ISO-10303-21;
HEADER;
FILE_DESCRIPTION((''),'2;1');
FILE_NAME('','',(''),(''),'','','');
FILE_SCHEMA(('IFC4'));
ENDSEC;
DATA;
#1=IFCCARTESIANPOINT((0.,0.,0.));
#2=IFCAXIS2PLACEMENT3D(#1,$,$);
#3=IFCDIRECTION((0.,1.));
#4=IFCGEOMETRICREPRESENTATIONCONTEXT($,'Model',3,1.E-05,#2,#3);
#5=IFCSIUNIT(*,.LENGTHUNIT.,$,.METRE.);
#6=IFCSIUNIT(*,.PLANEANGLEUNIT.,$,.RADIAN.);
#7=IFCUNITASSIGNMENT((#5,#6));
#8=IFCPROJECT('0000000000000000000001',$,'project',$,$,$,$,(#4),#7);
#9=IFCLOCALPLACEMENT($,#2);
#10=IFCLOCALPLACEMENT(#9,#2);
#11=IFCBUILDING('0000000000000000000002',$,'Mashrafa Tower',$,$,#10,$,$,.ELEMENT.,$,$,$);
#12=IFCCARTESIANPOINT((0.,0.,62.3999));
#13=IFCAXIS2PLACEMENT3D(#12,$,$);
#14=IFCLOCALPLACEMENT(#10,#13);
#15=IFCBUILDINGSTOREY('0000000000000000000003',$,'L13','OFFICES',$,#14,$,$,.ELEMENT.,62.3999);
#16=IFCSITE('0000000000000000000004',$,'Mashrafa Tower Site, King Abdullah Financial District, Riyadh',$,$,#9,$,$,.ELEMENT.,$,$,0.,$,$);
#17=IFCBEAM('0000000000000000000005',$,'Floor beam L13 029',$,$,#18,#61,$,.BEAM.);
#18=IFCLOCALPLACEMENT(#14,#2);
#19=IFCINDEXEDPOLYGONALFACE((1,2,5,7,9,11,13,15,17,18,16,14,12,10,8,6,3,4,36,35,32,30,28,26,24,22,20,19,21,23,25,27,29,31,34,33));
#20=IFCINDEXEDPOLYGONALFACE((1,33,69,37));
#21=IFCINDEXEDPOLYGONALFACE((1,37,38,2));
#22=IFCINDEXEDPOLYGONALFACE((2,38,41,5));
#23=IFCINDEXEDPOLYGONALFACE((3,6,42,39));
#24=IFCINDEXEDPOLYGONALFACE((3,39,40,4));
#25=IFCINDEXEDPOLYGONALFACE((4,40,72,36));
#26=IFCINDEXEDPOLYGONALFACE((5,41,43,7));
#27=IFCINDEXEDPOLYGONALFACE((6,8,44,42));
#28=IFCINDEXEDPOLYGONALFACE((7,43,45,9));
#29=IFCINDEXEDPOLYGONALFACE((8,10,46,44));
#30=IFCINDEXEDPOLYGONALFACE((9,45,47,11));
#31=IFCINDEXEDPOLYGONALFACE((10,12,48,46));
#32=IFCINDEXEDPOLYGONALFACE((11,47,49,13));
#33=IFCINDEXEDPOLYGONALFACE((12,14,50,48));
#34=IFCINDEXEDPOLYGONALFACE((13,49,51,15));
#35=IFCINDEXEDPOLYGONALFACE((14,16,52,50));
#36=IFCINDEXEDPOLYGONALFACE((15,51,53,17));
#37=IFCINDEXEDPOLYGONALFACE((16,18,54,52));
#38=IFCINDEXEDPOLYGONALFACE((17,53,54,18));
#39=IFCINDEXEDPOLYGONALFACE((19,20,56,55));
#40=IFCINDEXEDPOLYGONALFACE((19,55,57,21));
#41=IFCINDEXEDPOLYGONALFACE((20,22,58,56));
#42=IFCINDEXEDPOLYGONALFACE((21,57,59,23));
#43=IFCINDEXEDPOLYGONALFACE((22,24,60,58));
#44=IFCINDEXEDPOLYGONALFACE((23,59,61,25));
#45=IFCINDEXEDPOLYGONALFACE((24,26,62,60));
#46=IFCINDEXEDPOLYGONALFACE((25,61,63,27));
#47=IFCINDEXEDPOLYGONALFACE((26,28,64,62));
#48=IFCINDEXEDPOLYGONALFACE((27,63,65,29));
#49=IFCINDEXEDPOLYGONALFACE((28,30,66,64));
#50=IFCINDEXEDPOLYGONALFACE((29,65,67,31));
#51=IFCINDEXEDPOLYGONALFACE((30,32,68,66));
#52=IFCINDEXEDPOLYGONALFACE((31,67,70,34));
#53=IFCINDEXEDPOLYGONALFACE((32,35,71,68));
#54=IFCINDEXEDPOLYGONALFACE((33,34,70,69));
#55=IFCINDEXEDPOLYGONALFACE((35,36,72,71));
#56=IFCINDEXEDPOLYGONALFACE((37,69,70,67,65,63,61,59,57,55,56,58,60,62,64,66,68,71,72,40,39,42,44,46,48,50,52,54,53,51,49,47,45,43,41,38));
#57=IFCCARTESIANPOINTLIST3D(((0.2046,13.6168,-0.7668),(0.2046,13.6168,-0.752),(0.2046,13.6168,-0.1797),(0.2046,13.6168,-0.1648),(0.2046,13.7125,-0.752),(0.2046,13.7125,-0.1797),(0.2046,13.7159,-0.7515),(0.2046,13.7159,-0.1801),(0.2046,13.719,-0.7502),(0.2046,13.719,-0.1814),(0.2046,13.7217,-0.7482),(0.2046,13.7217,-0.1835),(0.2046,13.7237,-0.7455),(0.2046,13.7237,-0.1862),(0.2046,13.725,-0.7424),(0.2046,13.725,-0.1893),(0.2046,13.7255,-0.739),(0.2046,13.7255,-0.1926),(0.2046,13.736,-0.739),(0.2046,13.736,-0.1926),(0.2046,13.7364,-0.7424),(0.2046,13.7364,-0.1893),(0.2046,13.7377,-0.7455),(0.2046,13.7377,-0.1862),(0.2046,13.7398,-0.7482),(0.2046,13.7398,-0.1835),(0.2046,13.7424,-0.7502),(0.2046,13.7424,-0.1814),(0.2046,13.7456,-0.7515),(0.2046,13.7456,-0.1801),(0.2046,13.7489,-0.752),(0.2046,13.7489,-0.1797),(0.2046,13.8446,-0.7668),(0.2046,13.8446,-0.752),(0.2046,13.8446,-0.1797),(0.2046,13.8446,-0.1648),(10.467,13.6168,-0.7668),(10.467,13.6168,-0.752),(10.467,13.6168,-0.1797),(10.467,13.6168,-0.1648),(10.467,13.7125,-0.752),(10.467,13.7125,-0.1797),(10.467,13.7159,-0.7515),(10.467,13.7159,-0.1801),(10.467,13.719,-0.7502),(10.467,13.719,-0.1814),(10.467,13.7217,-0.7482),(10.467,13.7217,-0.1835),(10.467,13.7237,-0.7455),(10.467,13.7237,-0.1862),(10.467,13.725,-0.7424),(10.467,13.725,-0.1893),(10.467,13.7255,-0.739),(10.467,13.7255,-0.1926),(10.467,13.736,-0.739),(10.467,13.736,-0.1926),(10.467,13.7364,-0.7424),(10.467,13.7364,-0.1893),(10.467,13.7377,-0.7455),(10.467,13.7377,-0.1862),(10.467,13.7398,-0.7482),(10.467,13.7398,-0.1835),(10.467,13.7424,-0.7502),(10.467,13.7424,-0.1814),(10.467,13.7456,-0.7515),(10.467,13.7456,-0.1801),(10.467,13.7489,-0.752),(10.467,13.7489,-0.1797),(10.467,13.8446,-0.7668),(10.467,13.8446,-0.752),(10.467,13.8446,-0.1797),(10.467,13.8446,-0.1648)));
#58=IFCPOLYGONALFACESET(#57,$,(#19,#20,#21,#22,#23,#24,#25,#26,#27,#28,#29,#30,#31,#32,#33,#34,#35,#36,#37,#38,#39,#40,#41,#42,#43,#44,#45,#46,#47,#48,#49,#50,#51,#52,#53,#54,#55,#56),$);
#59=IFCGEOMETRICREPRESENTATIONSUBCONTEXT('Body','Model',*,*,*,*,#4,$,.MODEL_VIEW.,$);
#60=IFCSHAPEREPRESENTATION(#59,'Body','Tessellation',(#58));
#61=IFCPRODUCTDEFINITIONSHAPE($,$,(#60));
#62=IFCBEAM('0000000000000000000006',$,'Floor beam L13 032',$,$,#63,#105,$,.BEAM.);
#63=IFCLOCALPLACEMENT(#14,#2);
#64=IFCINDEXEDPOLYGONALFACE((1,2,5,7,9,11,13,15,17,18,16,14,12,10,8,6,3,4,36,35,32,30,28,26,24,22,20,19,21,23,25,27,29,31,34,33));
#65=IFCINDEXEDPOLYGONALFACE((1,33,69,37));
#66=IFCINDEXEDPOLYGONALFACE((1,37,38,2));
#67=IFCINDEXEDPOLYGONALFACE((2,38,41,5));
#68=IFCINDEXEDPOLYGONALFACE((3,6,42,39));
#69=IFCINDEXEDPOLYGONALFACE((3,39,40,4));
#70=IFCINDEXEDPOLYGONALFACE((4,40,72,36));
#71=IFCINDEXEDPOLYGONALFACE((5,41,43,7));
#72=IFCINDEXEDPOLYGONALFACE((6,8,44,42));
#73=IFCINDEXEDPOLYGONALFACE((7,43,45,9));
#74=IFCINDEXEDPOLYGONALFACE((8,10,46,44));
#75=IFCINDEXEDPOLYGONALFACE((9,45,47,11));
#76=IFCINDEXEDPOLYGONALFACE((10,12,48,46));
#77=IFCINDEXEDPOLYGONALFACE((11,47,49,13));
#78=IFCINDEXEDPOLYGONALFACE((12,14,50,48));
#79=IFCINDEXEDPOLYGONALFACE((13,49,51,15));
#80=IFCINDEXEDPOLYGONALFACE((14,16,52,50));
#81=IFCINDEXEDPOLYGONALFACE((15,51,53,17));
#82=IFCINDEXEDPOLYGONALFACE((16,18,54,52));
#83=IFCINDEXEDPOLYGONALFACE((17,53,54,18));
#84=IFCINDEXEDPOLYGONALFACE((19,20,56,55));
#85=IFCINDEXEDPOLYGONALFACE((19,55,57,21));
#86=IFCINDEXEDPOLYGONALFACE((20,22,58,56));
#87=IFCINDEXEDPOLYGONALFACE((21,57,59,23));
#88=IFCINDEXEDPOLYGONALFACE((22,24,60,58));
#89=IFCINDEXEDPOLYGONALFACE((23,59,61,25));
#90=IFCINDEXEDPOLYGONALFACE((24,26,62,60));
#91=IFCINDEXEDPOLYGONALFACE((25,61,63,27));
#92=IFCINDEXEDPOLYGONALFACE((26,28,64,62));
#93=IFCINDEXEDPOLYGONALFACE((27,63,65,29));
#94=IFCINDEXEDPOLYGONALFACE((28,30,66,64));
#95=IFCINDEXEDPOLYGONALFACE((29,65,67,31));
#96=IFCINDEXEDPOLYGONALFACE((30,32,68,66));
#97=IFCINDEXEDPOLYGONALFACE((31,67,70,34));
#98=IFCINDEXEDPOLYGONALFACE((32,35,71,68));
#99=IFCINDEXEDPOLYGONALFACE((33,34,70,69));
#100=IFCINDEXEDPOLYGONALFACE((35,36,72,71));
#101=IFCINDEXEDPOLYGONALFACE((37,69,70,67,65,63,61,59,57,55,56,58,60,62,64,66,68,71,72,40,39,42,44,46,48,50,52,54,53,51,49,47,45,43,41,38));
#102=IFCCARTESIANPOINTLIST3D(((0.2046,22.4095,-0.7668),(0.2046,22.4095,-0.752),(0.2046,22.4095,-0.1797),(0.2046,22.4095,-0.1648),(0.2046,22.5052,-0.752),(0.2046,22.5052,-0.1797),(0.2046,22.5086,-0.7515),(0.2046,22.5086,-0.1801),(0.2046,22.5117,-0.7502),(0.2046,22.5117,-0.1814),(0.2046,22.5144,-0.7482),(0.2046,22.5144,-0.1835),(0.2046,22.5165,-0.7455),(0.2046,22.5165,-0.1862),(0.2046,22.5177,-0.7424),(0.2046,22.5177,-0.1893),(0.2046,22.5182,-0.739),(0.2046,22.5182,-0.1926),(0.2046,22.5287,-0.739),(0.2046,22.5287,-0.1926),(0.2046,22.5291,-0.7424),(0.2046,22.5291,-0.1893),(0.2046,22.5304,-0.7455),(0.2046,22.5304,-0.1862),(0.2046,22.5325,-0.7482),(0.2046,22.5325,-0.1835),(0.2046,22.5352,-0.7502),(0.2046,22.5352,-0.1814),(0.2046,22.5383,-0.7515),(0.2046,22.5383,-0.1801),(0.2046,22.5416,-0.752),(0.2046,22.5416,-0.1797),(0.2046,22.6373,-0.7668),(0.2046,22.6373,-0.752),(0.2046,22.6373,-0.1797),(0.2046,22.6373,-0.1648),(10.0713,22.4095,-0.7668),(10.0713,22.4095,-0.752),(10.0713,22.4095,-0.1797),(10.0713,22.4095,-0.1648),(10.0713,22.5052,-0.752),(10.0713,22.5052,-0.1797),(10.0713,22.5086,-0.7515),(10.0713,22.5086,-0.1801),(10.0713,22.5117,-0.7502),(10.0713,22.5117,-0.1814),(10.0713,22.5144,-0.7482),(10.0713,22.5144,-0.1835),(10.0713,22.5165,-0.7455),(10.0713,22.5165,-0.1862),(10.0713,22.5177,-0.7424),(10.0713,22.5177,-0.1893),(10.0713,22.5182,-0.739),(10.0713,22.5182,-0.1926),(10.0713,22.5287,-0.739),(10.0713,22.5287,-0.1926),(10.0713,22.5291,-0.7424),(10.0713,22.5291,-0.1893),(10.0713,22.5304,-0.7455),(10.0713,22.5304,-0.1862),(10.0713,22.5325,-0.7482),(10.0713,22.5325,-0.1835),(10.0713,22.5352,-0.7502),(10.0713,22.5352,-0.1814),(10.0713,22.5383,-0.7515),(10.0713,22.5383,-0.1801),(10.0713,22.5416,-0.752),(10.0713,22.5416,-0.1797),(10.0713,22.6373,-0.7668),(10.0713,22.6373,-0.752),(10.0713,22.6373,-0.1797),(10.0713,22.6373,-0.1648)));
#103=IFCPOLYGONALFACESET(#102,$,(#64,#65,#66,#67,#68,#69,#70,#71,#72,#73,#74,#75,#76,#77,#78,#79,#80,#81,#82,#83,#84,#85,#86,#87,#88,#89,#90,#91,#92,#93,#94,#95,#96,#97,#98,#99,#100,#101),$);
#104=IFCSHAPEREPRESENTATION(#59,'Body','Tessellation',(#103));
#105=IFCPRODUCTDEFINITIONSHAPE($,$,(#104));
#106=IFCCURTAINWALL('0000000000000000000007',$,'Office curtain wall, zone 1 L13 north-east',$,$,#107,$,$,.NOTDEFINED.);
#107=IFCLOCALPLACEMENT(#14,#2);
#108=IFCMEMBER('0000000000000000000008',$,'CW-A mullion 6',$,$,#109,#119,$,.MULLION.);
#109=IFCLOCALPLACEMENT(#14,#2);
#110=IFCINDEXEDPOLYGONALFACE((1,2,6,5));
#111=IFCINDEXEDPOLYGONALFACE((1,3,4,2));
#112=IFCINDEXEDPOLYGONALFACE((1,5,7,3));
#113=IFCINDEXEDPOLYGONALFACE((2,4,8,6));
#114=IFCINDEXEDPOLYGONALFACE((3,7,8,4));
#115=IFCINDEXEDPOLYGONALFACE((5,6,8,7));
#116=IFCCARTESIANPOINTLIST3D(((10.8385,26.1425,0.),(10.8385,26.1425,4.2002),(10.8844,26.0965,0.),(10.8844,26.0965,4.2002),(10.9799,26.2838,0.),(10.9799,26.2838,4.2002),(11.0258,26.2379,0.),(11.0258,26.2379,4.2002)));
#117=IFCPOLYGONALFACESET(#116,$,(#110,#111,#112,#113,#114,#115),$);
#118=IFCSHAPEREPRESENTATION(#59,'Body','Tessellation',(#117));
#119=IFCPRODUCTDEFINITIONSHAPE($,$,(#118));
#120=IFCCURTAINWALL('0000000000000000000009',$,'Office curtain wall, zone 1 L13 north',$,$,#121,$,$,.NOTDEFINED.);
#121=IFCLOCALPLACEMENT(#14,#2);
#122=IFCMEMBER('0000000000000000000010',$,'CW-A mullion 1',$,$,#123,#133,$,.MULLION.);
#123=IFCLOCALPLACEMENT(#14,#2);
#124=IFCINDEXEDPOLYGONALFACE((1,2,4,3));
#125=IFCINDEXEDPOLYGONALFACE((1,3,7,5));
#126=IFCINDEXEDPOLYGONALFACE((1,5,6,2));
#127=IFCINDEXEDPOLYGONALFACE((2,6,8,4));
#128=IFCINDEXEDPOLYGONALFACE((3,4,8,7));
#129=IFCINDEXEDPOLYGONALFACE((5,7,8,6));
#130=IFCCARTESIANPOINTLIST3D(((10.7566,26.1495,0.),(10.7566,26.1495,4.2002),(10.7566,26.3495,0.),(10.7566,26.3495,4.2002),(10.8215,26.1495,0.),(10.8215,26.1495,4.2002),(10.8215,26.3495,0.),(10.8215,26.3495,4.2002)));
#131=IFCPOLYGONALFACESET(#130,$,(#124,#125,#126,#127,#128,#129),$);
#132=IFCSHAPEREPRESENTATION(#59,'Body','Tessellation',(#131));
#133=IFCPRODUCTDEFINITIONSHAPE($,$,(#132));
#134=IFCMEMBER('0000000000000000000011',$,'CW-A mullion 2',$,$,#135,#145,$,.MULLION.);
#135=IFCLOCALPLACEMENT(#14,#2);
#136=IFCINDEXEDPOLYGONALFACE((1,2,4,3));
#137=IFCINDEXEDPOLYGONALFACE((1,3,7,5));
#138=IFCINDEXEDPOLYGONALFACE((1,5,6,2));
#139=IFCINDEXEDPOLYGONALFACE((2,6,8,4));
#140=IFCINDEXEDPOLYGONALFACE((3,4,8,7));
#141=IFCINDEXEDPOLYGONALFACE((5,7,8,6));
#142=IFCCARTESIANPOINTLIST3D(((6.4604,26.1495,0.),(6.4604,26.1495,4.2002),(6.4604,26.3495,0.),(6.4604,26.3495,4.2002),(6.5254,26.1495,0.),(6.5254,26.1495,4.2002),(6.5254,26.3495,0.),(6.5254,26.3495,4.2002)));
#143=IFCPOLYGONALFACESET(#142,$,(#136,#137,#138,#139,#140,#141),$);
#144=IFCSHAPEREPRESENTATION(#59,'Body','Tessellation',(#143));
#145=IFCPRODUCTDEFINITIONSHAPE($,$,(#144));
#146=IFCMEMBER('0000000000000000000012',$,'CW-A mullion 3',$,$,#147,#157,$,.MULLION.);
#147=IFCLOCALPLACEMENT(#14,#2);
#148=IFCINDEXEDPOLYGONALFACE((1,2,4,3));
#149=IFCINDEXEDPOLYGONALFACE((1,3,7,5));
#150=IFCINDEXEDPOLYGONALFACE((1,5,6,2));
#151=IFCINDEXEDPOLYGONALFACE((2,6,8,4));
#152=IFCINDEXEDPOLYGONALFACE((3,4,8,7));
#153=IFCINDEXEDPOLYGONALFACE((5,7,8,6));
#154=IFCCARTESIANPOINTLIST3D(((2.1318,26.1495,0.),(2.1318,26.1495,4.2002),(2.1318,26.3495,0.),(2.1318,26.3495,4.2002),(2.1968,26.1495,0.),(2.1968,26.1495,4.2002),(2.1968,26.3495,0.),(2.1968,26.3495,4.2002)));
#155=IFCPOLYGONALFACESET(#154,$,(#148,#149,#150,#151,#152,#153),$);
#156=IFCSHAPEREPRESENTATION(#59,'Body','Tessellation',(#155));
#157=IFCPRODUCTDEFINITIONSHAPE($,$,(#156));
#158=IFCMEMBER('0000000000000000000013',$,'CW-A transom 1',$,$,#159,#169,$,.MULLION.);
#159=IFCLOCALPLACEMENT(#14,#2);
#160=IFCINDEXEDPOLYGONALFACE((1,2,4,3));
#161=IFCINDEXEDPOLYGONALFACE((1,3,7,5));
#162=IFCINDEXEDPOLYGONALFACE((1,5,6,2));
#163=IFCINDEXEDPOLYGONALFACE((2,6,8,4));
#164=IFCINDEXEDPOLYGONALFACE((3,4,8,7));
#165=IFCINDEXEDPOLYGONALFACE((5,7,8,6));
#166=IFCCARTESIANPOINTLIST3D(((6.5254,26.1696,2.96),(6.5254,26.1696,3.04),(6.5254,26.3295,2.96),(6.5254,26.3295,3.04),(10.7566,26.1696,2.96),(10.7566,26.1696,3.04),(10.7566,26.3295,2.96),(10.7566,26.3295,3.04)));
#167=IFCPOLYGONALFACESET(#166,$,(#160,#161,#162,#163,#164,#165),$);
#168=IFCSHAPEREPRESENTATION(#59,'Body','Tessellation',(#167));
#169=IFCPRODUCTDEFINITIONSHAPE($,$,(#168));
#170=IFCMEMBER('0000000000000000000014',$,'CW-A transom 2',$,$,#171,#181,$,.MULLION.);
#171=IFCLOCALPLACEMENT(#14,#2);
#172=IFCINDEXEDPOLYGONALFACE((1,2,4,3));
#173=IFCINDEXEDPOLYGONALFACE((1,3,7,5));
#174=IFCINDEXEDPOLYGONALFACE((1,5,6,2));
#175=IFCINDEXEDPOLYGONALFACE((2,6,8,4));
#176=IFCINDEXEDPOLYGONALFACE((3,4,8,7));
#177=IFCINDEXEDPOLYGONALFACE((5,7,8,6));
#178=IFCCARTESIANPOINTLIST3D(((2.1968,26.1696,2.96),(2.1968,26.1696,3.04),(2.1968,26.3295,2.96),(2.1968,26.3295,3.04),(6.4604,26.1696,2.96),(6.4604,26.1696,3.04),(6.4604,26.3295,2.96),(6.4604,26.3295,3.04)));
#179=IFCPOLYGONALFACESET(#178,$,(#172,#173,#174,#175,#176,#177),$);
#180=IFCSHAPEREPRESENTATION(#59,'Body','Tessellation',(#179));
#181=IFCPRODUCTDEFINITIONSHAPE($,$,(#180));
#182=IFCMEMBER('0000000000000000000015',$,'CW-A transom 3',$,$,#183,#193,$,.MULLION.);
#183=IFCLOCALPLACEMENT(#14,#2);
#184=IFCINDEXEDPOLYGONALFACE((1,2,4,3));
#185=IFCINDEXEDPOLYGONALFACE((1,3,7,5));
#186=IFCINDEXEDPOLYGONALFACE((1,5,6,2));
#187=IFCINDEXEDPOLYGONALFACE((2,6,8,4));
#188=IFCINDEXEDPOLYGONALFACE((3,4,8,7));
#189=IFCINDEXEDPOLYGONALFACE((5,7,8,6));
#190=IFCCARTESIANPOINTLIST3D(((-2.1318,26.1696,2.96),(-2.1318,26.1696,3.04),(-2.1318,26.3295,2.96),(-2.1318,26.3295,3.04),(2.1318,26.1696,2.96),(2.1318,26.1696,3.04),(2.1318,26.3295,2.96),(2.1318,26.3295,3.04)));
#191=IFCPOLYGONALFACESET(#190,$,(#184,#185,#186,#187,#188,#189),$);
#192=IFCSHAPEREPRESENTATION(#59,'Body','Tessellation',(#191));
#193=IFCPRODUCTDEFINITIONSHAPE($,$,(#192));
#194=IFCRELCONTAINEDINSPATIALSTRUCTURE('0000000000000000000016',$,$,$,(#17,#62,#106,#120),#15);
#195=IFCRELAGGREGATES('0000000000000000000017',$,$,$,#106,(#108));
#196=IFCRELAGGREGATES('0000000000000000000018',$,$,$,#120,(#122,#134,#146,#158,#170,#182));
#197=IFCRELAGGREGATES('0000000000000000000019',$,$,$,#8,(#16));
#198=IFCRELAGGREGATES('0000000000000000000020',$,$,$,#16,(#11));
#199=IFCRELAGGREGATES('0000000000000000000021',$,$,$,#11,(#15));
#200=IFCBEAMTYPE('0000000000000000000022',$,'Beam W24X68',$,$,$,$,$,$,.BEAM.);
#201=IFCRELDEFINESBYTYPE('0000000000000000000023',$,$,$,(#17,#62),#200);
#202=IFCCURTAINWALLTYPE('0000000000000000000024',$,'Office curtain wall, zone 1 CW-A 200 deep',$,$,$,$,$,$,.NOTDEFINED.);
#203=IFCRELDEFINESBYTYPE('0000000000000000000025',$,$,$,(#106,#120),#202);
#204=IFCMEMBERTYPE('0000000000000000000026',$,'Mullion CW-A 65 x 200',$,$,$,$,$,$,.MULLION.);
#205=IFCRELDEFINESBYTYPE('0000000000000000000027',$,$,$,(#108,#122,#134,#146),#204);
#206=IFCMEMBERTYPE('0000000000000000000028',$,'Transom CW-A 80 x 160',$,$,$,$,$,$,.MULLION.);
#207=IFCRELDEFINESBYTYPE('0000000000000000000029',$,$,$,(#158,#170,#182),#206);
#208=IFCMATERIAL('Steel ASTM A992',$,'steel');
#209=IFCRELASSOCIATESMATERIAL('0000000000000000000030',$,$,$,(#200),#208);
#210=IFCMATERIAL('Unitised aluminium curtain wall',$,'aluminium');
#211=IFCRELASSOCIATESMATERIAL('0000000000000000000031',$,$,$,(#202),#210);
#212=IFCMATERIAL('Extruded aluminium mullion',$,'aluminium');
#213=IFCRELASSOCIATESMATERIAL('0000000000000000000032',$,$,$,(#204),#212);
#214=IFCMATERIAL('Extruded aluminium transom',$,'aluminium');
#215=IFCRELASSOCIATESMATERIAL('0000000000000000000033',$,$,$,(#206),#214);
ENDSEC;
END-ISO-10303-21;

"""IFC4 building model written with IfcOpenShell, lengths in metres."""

from ifc_helpers import new_model, si_unit, direction, frame, origin, origin_2d, place, context, subcontext, project, spatial, rectangle, i_section, extrude, source, transform, mapped, material, material_profile, profile_set, type_object, type_shapes, element, aggregate, save


model = new_model("IFC4")

# Units and contexts
model_context = context("Model", 3, precision=1e-05, world=origin(), true_north=direction((0.0, 1.0)))
body_context = subcontext(model_context, "Body", "Model", "MODEL_VIEW")
ifc_project = project(units=[si_unit("LENGTHUNIT", "METRE"), si_unit("PLANEANGLEUNIT", "RADIAN")], contexts=[model_context])

# Site, building, storey
site_placement = place(None, origin())
site = spatial("IfcSite", under=ifc_project, at=site_placement, Name="Mashrafa Tower Site, King Abdullah Financial District, Riyadh", CompositionType="ELEMENT", RefElevation=0.0)
building_placement = place(site_placement, origin())
building = spatial("IfcBuilding", under=site, at=building_placement, Name="Mashrafa Tower", CompositionType="ELEMENT")
storey_placement = place(building_placement, frame((0.0, 0.0, 62.3999)))
storey = spatial("IfcBuildingStorey", under=building, at=storey_placement, Name="L13", Description="OFFICES", CompositionType="ELEMENT", Elevation=62.3999)

# Beams
ifc_material_1 = material(Name="Steel ASTM A992", Category="steel")
ifc_material_profile_1 = material_profile(ifc_material_1, i_section(OverallWidth=0.2278, OverallDepth=0.6021, WebThickness=0.0105, FlangeThickness=0.0149, FilletRadius=0.0129, at=origin_2d()), Name="W24X68")
ifc_profile_set_1 = profile_set([ifc_material_profile_1], Name="Steel ASTM A992")
beam_type_1 = type_object("IfcBeamType", Name="Beam W24X68", PredefinedType="BEAM", material=ifc_profile_set_1)
beam_1_placement = place(storey_placement, frame((0.2046, 13.7307, -0.4658), z_axis=(1.0, 0.0, 0.0), x_axis=(0.0, 1.0, 0.0)))
element("IfcBeam", 1, at=beam_1_placement, inside=storey, type_object=beam_type_1, Name="Floor beam L13 029", PredefinedType="BEAM", context=body_context, shape_type="SweptSolid", body=[
    extrude(i_section(OverallWidth=0.2278, OverallDepth=0.6021, WebThickness=0.0105, FlangeThickness=0.0149, FilletRadius=0.0129, at=origin_2d()), origin(), (0.0, 0.0, 1.0), 10.2625),
])
beam_2_placement = place(storey_placement, frame((0.2046, 22.5234, -0.4658), z_axis=(1.0, 0.0, 0.0), x_axis=(0.0, 1.0, 0.0)))
element("IfcBeam", 2, at=beam_2_placement, inside=storey, type_object=beam_type_1, Name="Floor beam L13 032", PredefinedType="BEAM", context=body_context, shape_type="SweptSolid", body=[
    extrude(i_section(OverallWidth=0.2278, OverallDepth=0.6021, WebThickness=0.0105, FlangeThickness=0.0149, FilletRadius=0.0129, at=origin_2d()), origin(), (0.0, 0.0, 1.0), 9.8667),
])

# Curtain wall, member
ifc_material_2 = material(Name="Unitised aluminium curtain wall", Category="aluminium")
curtain_wall_type = type_object("IfcCurtainWallType", Name="Office curtain wall, zone 1 CW-A 200 deep", PredefinedType="NOTDEFINED", material=ifc_material_2)
curtain_wall_1_placement = place(storey_placement, origin())
curtain_wall_1 = element("IfcCurtainWall", 3, at=curtain_wall_1_placement, inside=storey, type_object=curtain_wall_type, Name="Office curtain wall, zone 1 L13 north-east", PredefinedType="NOTDEFINED")
ifc_material_3 = material(Name="Extruded aluminium mullion", Category="aluminium")
ifc_material_profile_2 = material_profile(ifc_material_3, rectangle(XDim=0.2, YDim=0.0649, at=origin_2d()), Name="Mullion 65x200")
ifc_profile_set_2 = profile_set([ifc_material_profile_2], Name="Extruded aluminium mullion")
member_type_1 = type_object("IfcMemberType", Name="Mullion CW-A 65 x 200", PredefinedType="MULLION", material=ifc_profile_set_2)
shared_shape_1 = source(origin(), body_context, "Body", "SweptSolid", [
    extrude(rectangle(XDim=0.2, YDim=0.0649, at=origin_2d()), origin(), (0.0, 0.0, 1.0), 4.2002),
])
type_shapes(member_type_1, [shared_shape_1])
member_1_placement = place(storey_placement, frame((10.9321, 26.1902, 0.0), z_axis=(0.0, 0.0, 1.0), x_axis=(-0.707107, -0.707107, 0.0)))
member_1 = element("IfcMember", 4, at=member_1_placement, type_object=member_type_1, Name="CW-A mullion 6", PredefinedType="MULLION", context=body_context, shape_type="MappedRepresentation", body=[
    mapped(shared_shape_1, transform((0.0, 0.0, 0.0))),
])
aggregate(curtain_wall_1, [member_1])

# Curtain wall, members
curtain_wall_2_placement = place(storey_placement, origin())
curtain_wall_2 = element("IfcCurtainWall", 5, at=curtain_wall_2_placement, inside=storey, type_object=curtain_wall_type, Name="Office curtain wall, zone 1 L13 north", PredefinedType="NOTDEFINED")
member_2_placement = place(storey_placement, frame((10.7891, 26.2495, 0.0), z_axis=(0.0, 0.0, 1.0), x_axis=(0.0, -1.0, 0.0)))
member_2 = element("IfcMember", 6, at=member_2_placement, type_object=member_type_1, Name="CW-A mullion 1", PredefinedType="MULLION", context=body_context, shape_type="MappedRepresentation", body=[
    mapped(shared_shape_1, transform((0.0, 0.0, 0.0))),
])
member_3_placement = place(storey_placement, frame((6.4929, 26.2495, 0.0), z_axis=(0.0, 0.0, 1.0), x_axis=(0.0, -1.0, 0.0)))
member_3 = element("IfcMember", 7, at=member_3_placement, type_object=member_type_1, Name="CW-A mullion 2", PredefinedType="MULLION", context=body_context, shape_type="MappedRepresentation", body=[
    mapped(shared_shape_1, transform((0.0, 0.0, 0.0))),
])
member_4_placement = place(storey_placement, frame((2.1643, 26.2495, 0.0), z_axis=(0.0, 0.0, 1.0), x_axis=(0.0, -1.0, 0.0)))
member_4 = element("IfcMember", 8, at=member_4_placement, type_object=member_type_1, Name="CW-A mullion 3", PredefinedType="MULLION", context=body_context, shape_type="MappedRepresentation", body=[
    mapped(shared_shape_1, transform((0.0, 0.0, 0.0))),
])
ifc_material_4 = material(Name="Extruded aluminium transom", Category="aluminium")
ifc_material_profile_3 = material_profile(ifc_material_4, rectangle(XDim=0.1599, YDim=0.0801, at=origin_2d()), Name="Transom 80x160")
ifc_profile_set_3 = profile_set([ifc_material_profile_3], Name="Extruded aluminium transom")
member_type_2 = type_object("IfcMemberType", Name="Transom CW-A 80 x 160", PredefinedType="MULLION", material=ifc_profile_set_3)
shared_shape_2 = source(origin(), body_context, "Body", "SweptSolid", [
    extrude(rectangle(XDim=0.1599, YDim=0.0801, at=origin_2d()), origin(), (0.0, 0.0, 1.0), 4.2312),
])
member_5_placement = place(storey_placement, frame((10.7566, 26.2495, 3.0), z_axis=(-1.0, 0.0, 0.0), x_axis=(0.0, -1.0, 0.0)))
member_5 = element("IfcMember", 9, at=member_5_placement, type_object=member_type_2, Name="CW-A transom 1", PredefinedType="MULLION", context=body_context, shape_type="MappedRepresentation", body=[
    mapped(shared_shape_2, transform((0.0, 0.0, 0.0))),
])
shared_shape_3 = source(origin(), body_context, "Body", "SweptSolid", [
    extrude(rectangle(XDim=0.1599, YDim=0.0801, at=origin_2d()), origin(), (0.0, 0.0, 1.0), 4.2637),
])
type_shapes(member_type_2, [shared_shape_2, shared_shape_3])
member_6_placement = place(storey_placement, frame((6.4604, 26.2495, 3.0), z_axis=(-1.0, 0.0, 0.0), x_axis=(0.0, -1.0, 0.0)))
member_6 = element("IfcMember", 10, at=member_6_placement, type_object=member_type_2, Name="CW-A transom 2", PredefinedType="MULLION", context=body_context, shape_type="MappedRepresentation", body=[
    mapped(shared_shape_3, transform((0.0, 0.0, 0.0))),
])
member_7_placement = place(storey_placement, frame((2.1318, 26.2495, 3.0), z_axis=(-1.0, 0.0, 0.0), x_axis=(0.0, -1.0, 0.0)))
member_7 = element("IfcMember", 11, at=member_7_placement, type_object=member_type_2, Name="CW-A transom 3", PredefinedType="MULLION", context=body_context, shape_type="MappedRepresentation", body=[
    mapped(shared_shape_3, transform((0.0, 0.0, 0.0))),
])
aggregate(curtain_wall_2, [member_2, member_3, member_4, member_5, member_6, member_7])

save(model, "model.ifc")
